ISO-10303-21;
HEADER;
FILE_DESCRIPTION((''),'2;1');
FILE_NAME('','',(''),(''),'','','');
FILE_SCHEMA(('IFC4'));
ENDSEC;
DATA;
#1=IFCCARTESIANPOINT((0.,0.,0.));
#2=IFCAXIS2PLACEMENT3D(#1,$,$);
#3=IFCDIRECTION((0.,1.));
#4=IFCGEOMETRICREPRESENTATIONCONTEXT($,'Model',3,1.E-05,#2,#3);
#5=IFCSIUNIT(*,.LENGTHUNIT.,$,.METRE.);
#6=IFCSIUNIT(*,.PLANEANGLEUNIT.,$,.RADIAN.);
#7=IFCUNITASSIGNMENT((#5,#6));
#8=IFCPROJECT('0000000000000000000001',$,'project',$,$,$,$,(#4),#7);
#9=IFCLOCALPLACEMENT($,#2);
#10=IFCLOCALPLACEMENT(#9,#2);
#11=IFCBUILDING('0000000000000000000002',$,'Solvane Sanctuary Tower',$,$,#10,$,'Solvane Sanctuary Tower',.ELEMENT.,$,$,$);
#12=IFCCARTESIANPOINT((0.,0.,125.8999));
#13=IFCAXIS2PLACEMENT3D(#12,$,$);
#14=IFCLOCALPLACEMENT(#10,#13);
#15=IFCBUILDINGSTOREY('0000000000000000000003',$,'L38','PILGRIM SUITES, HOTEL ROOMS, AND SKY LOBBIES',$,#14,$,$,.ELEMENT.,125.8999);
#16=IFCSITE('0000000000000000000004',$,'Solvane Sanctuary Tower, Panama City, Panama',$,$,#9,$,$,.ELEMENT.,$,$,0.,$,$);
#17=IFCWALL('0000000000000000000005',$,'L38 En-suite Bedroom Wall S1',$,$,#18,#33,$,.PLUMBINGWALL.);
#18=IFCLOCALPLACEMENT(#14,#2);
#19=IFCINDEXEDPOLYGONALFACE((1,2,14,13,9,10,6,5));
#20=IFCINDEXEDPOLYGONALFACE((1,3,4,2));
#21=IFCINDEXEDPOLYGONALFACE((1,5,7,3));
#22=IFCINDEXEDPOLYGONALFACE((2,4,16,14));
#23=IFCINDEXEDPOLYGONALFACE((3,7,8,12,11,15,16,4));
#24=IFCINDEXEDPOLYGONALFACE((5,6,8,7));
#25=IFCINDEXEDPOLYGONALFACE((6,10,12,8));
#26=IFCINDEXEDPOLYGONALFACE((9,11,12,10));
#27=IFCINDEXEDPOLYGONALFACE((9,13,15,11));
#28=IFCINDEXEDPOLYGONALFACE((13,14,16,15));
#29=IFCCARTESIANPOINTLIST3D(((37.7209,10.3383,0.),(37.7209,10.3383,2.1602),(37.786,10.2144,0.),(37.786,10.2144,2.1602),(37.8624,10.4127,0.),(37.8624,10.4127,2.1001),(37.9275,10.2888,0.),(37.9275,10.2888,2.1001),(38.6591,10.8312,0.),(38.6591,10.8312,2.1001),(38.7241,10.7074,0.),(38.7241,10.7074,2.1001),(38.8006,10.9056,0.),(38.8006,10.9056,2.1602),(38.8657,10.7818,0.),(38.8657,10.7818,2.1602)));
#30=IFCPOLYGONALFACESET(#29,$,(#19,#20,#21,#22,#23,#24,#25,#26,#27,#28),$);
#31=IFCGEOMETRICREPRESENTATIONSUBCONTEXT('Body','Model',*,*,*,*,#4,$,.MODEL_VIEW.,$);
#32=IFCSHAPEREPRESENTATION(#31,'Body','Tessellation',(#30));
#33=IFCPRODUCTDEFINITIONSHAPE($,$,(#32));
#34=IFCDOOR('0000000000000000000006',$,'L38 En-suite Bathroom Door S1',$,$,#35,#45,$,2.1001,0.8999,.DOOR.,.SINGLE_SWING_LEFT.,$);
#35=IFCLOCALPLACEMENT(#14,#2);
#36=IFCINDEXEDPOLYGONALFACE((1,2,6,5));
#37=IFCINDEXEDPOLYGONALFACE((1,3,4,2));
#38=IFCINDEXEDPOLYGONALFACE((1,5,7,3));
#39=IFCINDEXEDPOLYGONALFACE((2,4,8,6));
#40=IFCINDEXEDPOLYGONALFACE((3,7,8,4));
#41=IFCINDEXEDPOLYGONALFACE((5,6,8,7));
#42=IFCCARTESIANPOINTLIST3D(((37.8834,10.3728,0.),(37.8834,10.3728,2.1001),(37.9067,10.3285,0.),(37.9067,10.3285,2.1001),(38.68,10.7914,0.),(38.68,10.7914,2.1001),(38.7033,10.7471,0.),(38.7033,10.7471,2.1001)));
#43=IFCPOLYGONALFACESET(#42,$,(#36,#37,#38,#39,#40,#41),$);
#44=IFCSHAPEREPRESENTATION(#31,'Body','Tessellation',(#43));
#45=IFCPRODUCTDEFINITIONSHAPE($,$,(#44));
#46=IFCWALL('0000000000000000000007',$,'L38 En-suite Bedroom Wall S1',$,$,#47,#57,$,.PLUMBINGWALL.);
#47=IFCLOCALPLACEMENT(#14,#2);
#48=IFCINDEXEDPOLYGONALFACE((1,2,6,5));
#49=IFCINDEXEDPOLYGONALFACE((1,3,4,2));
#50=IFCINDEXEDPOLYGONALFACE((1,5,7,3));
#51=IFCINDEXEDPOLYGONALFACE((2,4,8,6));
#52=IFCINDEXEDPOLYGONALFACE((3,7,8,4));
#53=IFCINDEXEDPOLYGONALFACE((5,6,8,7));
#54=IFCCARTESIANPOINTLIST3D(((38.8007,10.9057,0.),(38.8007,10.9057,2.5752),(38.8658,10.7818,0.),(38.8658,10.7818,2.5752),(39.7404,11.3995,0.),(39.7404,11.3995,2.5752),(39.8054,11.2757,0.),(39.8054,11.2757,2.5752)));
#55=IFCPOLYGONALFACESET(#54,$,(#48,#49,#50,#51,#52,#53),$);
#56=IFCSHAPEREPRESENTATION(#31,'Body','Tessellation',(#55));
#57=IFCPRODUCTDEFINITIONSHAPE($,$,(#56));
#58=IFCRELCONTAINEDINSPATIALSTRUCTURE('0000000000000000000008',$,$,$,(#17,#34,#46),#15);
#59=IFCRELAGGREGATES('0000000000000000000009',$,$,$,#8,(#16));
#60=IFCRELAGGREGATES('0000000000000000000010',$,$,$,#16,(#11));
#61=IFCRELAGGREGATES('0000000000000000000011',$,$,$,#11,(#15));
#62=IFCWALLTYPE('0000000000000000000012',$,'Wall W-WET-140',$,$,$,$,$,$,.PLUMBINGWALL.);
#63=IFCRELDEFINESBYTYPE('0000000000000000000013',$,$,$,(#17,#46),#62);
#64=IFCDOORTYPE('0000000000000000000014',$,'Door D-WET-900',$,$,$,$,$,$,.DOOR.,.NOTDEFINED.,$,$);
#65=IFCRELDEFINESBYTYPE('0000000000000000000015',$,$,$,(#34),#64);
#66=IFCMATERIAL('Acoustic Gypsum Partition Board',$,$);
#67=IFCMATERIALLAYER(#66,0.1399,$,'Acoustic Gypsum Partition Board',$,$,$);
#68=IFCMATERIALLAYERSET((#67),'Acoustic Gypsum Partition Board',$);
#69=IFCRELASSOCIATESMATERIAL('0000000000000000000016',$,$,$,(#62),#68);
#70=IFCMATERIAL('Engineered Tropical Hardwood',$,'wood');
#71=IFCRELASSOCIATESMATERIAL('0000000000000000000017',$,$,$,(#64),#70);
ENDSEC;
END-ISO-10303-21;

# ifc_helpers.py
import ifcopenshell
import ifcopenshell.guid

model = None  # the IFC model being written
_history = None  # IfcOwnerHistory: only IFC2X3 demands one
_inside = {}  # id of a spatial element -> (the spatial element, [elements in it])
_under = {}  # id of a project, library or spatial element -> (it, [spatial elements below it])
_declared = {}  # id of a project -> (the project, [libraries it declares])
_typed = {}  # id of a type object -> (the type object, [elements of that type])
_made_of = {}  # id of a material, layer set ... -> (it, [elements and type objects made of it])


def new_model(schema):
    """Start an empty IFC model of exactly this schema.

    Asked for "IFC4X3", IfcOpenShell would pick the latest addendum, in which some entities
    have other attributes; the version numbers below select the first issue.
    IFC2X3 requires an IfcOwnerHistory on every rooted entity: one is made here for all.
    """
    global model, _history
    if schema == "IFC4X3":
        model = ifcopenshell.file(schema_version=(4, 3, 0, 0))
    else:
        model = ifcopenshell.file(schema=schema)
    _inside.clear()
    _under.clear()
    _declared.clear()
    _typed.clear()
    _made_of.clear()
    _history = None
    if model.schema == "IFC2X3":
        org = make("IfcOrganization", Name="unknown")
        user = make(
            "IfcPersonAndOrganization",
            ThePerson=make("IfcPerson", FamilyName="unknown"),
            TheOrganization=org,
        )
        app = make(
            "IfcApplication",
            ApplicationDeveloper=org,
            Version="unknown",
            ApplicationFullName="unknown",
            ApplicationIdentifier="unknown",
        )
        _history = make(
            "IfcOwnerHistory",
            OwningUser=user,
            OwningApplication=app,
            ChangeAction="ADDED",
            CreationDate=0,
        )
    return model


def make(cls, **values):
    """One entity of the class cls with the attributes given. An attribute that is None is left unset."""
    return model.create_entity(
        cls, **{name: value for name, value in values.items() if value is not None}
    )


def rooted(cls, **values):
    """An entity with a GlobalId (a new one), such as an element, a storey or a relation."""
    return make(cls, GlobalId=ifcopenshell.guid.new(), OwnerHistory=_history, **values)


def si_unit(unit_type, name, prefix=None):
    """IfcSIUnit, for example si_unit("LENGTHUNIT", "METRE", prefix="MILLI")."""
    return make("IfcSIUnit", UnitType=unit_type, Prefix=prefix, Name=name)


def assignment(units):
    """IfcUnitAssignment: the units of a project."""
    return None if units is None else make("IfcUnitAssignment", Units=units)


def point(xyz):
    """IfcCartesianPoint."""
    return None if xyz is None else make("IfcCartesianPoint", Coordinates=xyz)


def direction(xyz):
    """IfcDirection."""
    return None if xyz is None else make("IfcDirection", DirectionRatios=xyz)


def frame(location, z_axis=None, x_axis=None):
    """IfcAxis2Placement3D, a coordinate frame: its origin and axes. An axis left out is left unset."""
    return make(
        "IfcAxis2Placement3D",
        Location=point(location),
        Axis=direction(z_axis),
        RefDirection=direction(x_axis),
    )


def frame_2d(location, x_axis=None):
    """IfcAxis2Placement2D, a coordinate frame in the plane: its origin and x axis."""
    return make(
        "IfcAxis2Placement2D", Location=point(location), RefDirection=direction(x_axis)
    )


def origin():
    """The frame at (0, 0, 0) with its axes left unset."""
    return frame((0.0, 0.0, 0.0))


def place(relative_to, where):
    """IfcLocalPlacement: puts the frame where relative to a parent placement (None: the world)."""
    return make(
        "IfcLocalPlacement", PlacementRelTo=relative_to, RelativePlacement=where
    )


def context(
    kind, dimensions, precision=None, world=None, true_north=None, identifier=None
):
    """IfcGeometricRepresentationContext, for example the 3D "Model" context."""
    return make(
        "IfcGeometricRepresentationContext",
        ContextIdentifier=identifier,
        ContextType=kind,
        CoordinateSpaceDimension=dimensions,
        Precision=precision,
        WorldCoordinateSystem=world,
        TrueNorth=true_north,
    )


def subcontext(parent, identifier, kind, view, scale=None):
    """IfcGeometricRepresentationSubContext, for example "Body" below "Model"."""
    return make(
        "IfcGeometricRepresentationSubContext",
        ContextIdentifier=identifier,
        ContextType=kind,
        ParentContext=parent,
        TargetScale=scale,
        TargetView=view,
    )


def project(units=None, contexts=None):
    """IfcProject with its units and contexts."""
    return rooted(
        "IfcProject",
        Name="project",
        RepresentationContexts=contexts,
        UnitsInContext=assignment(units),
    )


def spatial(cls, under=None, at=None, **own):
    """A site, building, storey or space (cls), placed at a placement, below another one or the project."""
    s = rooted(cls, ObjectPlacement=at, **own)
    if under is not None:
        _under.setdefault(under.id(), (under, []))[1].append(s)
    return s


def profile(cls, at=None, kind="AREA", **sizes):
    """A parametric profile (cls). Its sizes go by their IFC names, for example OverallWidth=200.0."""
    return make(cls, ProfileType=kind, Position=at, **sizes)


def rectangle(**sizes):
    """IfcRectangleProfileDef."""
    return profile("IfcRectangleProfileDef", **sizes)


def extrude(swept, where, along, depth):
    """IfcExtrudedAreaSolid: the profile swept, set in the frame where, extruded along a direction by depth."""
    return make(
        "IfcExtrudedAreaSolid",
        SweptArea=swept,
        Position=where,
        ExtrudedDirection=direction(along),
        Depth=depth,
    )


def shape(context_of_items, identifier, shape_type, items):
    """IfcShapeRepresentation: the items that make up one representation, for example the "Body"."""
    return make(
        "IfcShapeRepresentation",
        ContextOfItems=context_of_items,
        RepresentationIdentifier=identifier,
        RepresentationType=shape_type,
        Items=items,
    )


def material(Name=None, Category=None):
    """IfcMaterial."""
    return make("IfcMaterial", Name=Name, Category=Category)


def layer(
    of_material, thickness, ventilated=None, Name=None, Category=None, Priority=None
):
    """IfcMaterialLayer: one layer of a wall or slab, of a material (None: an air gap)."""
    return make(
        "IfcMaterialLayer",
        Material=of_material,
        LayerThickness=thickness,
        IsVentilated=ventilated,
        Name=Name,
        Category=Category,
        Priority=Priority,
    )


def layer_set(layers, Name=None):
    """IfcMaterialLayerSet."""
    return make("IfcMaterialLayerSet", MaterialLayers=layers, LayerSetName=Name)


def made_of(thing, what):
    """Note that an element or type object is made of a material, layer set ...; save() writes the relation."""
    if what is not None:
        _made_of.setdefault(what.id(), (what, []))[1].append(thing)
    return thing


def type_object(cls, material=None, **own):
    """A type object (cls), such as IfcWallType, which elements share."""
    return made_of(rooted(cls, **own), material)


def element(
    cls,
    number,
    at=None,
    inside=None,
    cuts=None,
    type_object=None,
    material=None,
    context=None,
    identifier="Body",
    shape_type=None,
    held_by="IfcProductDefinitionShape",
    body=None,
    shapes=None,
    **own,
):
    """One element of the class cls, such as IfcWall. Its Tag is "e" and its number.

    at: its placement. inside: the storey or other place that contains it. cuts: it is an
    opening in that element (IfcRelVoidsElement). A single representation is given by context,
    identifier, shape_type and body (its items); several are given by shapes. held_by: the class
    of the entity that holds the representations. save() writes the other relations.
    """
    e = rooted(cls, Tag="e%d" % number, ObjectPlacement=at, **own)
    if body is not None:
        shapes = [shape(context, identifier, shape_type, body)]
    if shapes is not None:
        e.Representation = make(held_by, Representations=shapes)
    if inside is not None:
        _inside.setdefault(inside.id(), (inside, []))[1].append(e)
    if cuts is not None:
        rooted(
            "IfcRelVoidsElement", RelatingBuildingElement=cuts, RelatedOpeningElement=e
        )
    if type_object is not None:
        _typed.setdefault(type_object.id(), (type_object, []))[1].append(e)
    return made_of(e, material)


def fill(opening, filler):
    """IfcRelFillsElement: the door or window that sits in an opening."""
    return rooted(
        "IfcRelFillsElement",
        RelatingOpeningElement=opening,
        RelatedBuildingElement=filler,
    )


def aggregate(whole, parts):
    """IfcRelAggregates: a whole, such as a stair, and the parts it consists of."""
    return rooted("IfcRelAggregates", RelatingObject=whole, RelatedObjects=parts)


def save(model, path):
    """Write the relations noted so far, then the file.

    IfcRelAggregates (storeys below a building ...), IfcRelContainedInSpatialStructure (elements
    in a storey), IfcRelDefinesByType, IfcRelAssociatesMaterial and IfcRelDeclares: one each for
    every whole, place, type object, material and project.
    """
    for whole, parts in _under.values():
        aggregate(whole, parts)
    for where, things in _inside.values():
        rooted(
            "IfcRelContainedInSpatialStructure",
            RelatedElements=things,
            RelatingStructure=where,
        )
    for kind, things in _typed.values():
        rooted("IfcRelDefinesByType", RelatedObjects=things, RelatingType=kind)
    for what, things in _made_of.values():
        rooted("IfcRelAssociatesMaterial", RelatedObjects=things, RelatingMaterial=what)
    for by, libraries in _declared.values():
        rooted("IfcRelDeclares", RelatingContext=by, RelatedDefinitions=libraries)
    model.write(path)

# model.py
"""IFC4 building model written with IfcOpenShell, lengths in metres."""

from ifc_helpers import new_model, si_unit, direction, frame, frame_2d, origin, place, context, subcontext, project, spatial, rectangle, extrude, material, layer, layer_set, type_object, element, fill, save


model = new_model("IFC4")

# Units and contexts
model_context = context("Model", 3, precision=1e-05, world=origin(), true_north=direction((0.0, 1.0)))
body_context = subcontext(model_context, "Body", "Model", "MODEL_VIEW")
ifc_project = project(units=[si_unit("LENGTHUNIT", "METRE"), si_unit("PLANEANGLEUNIT", "RADIAN")], contexts=[model_context])

# Site, building, storey
site_placement = place(None, origin())
site = spatial("IfcSite", under=ifc_project, at=site_placement, Name="Solvane Sanctuary Tower, Panama City, Panama", CompositionType="ELEMENT", RefElevation=0.0)
building_placement = place(site_placement, origin())
building = spatial("IfcBuilding", under=site, at=building_placement, Name="Solvane Sanctuary Tower", LongName="Solvane Sanctuary Tower", CompositionType="ELEMENT")
storey_placement = place(building_placement, frame((0.0, 0.0, 125.8999)))
storey = spatial("IfcBuildingStorey", under=building, at=storey_placement, Name="L38", Description="PILGRIM SUITES, HOTEL ROOMS, AND SKY LOBBIES", CompositionType="ELEMENT", Elevation=125.8999)

# Shared definitions
ifc_material_1 = material(Name="Acoustic Gypsum Partition Board")

# Shared definitions
ifc_material_2 = material(Name="Engineered Tropical Hardwood", Category="wood")

# Shared definitions
ifc_layer_1 = layer(ifc_material_1, 0.1399, Name="Acoustic Gypsum Partition Board")
ifc_layer_set_1 = layer_set([ifc_layer_1], Name="Acoustic Gypsum Partition Board")
wall_type_1 = type_object("IfcWallType", Name="Wall W-WET-140", PredefinedType="PLUMBINGWALL", material=ifc_layer_set_1)

# Wall, opening, door
wall_1_placement = place(storey_placement, frame((37.7534, 10.2764, 0.0), z_axis=(0.0, 0.0, 1.0), x_axis=(0.885239, 0.465136, 0.0)))
wall_1 = element("IfcWall", 1, at=wall_1_placement, inside=storey, type_object=wall_type_1, Name="L38 En-suite Bedroom Wall S1", PredefinedType="PLUMBINGWALL", context=body_context, shape_type="SweptSolid", body=[
    extrude(rectangle(XDim=1.2197, YDim=0.1399, at=frame_2d((0.6099, 0.0))), origin(), (0.0, 0.0, 1.0), 2.1602),
])
opening_1_placement = place(wall_1_placement, frame((0.1599, 0.0, 0.0)))
opening_1 = element("IfcOpeningElement", 2, at=opening_1_placement, cuts=wall_1, PredefinedType="OPENING", context=body_context, shape_type="SweptSolid", body=[
    extrude(rectangle(XDim=0.8999, YDim=2.1001, at=frame_2d((0.45, 1.05))), frame((0.0, 0.0798, 0.0), z_axis=(0.0, -1.0, 0.0), x_axis=(1.0, 0.0, 0.0)), (0.0, 0.0, 1.0), 0.1599),
])
door_type_1 = type_object("IfcDoorType", Name="Door D-WET-900", OperationType="NOTDEFINED", PredefinedType="DOOR", material=ifc_material_2)
door_1_placement = place(opening_1_placement, origin())
door_1 = element("IfcDoor", 3, at=door_1_placement, inside=storey, type_object=door_type_1, Name="L38 En-suite Bathroom Door S1", OperationType="SINGLE_SWING_LEFT", OverallHeight=2.1001, OverallWidth=0.8999, PredefinedType="DOOR", context=body_context, shape_type="SweptSolid", body=[
    extrude(rectangle(XDim=0.8999, YDim=2.1001, at=frame_2d((0.45, 1.05))), frame((0.0, 0.0249, 0.0), z_axis=(0.0, -1.0, 0.0), x_axis=(1.0, 0.0, 0.0)), (0.0, 0.0, 1.0), 0.05),
])
fill(opening_1, door_1)

# Wall
wall_2_placement = place(storey_placement, frame((38.8333, 10.8438, 0.0), z_axis=(0.0, 0.0, 1.0), x_axis=(0.885182, 0.465244, 0.0)))
element("IfcWall", 4, at=wall_2_placement, inside=storey, type_object=wall_type_1, Name="L38 En-suite Bedroom Wall S1", PredefinedType="PLUMBINGWALL", context=body_context, shape_type="SweptSolid", body=[
    extrude(rectangle(XDim=1.0615, YDim=0.1399, at=frame_2d((0.5308, 0.0))), origin(), (0.0, 0.0, 1.0), 2.5752),
])

save(model, "model.ifc")
